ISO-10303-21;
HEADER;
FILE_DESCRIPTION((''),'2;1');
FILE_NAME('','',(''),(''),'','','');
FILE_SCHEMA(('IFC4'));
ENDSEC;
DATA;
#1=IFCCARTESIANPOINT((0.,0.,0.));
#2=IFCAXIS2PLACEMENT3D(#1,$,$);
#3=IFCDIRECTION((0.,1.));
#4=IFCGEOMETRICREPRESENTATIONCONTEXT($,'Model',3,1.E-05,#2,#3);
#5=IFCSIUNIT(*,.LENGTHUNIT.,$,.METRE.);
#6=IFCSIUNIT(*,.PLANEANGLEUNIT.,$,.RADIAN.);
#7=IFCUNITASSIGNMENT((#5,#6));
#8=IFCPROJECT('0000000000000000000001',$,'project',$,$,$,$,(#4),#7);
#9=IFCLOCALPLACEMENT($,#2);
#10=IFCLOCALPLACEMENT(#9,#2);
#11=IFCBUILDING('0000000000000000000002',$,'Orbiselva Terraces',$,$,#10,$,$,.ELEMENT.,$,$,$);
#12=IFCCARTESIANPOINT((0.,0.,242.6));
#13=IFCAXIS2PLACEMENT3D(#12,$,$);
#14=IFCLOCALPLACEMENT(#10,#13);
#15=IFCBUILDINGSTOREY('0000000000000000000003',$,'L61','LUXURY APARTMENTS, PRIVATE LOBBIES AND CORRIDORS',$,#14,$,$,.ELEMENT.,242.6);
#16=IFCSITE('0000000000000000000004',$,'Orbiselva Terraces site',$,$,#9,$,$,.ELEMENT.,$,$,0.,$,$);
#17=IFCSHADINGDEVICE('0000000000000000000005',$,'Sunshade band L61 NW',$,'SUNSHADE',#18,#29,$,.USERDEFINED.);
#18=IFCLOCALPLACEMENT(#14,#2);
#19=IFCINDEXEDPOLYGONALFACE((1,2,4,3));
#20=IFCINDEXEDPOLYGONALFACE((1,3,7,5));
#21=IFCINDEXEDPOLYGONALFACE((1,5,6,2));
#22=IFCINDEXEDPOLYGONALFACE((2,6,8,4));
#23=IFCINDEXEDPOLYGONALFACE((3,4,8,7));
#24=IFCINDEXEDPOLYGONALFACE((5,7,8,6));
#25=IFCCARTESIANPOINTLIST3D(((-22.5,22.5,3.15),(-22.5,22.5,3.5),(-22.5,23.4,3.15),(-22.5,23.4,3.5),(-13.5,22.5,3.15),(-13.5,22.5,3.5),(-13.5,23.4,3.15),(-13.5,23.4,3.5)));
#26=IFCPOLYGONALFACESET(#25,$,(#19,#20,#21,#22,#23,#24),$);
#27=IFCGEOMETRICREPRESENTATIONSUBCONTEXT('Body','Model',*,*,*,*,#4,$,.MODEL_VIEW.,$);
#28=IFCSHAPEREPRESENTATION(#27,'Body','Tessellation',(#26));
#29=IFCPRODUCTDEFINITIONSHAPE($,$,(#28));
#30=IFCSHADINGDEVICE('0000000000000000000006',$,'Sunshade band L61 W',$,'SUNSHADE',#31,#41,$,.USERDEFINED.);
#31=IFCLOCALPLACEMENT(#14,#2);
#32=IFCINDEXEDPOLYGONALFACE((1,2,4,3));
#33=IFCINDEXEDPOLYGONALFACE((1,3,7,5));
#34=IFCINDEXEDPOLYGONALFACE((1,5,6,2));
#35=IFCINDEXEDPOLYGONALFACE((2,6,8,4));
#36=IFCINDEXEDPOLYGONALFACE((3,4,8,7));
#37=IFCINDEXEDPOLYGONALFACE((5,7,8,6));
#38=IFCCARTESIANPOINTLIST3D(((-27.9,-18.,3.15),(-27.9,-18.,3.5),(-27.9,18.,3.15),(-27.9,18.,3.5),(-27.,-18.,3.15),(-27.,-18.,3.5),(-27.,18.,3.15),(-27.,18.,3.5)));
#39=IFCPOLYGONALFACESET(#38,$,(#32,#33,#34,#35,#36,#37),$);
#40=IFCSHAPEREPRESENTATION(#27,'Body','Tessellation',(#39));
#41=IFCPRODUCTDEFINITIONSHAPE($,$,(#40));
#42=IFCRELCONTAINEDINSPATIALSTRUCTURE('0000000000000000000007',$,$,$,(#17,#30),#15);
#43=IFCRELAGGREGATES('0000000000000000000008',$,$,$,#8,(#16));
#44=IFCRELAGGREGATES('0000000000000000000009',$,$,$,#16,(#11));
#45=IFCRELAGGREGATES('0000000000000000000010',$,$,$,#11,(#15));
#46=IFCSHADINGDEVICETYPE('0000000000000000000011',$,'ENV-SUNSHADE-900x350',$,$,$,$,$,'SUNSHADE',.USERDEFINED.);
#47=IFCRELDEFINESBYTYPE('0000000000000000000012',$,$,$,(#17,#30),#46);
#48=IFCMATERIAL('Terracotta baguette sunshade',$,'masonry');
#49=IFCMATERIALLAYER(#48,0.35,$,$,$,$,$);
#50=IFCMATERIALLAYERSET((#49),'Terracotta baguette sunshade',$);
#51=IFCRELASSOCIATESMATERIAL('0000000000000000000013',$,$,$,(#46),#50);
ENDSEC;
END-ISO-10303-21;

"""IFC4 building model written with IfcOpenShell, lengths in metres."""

from ifc_helpers import new_model, si_unit, direction, frame, origin, place, context, subcontext, project, spatial, polyline, outline, extrude, material, layer, layer_set, type_object, element, save


model = new_model("IFC4")

# Units and contexts
model_context = context("Model", 3, precision=1e-05, world=origin(), true_north=direction((0.0, 1.0)))
body_context = subcontext(model_context, "Body", "Model", "MODEL_VIEW")
ifc_project = project(units=[si_unit("LENGTHUNIT", "METRE"), si_unit("PLANEANGLEUNIT", "RADIAN")], contexts=[model_context])

# Site, building, storey
site_placement = place(None, origin())
site = spatial("IfcSite", under=ifc_project, at=site_placement, Name="Orbiselva Terraces site", CompositionType="ELEMENT", RefElevation=0.0)
building_placement = place(site_placement, origin())
building = spatial("IfcBuilding", under=site, at=building_placement, Name="Orbiselva Terraces", CompositionType="ELEMENT")
storey_placement = place(building_placement, frame((0.0, 0.0, 242.6)))
storey = spatial("IfcBuildingStorey", under=building, at=storey_placement, Name="L61", Description="LUXURY APARTMENTS, PRIVATE LOBBIES AND CORRIDORS", CompositionType="ELEMENT", Elevation=242.6)

# Shading devices
ifc_material_1 = material(Name="Terracotta baguette sunshade", Category="masonry")
ifc_layer_1 = layer(ifc_material_1, 0.35)
ifc_layer_set_1 = layer_set([ifc_layer_1], Name="Terracotta baguette sunshade")
shading_device_type_1 = type_object("IfcShadingDeviceType", Name="ENV-SUNSHADE-900x350", ElementType="SUNSHADE", PredefinedType="USERDEFINED", material=ifc_layer_set_1)
shading_device_1_placement = place(storey_placement, frame((0.0, 0.0, 3.15)))
element("IfcShadingDevice", 1, at=shading_device_1_placement, inside=storey, type_object=shading_device_type_1, Name="Sunshade band L61 NW", ObjectType="SUNSHADE", PredefinedType="USERDEFINED", context=body_context, shape_type="SweptSolid", body=[
    extrude(outline(polyline([(-13.5, 23.4), (-22.5, 23.4), (-22.5, 22.5), (-13.5, 22.5), (-13.5, 23.4)])), origin(), (0.0, 0.0, 1.0), 0.35),
])
shading_device_2_placement = place(storey_placement, frame((0.0, 0.0, 3.15)))
element("IfcShadingDevice", 2, at=shading_device_2_placement, inside=storey, type_object=shading_device_type_1, Name="Sunshade band L61 W", ObjectType="SUNSHADE", PredefinedType="USERDEFINED", context=body_context, shape_type="SweptSolid", body=[
    extrude(outline(polyline([(-27.9, 18.0), (-27.9, -18.0), (-27.0, -18.0), (-27.0, 18.0), (-27.9, 18.0)])), origin(), (0.0, 0.0, 1.0), 0.35),
])

save(model, "model.ifc")
